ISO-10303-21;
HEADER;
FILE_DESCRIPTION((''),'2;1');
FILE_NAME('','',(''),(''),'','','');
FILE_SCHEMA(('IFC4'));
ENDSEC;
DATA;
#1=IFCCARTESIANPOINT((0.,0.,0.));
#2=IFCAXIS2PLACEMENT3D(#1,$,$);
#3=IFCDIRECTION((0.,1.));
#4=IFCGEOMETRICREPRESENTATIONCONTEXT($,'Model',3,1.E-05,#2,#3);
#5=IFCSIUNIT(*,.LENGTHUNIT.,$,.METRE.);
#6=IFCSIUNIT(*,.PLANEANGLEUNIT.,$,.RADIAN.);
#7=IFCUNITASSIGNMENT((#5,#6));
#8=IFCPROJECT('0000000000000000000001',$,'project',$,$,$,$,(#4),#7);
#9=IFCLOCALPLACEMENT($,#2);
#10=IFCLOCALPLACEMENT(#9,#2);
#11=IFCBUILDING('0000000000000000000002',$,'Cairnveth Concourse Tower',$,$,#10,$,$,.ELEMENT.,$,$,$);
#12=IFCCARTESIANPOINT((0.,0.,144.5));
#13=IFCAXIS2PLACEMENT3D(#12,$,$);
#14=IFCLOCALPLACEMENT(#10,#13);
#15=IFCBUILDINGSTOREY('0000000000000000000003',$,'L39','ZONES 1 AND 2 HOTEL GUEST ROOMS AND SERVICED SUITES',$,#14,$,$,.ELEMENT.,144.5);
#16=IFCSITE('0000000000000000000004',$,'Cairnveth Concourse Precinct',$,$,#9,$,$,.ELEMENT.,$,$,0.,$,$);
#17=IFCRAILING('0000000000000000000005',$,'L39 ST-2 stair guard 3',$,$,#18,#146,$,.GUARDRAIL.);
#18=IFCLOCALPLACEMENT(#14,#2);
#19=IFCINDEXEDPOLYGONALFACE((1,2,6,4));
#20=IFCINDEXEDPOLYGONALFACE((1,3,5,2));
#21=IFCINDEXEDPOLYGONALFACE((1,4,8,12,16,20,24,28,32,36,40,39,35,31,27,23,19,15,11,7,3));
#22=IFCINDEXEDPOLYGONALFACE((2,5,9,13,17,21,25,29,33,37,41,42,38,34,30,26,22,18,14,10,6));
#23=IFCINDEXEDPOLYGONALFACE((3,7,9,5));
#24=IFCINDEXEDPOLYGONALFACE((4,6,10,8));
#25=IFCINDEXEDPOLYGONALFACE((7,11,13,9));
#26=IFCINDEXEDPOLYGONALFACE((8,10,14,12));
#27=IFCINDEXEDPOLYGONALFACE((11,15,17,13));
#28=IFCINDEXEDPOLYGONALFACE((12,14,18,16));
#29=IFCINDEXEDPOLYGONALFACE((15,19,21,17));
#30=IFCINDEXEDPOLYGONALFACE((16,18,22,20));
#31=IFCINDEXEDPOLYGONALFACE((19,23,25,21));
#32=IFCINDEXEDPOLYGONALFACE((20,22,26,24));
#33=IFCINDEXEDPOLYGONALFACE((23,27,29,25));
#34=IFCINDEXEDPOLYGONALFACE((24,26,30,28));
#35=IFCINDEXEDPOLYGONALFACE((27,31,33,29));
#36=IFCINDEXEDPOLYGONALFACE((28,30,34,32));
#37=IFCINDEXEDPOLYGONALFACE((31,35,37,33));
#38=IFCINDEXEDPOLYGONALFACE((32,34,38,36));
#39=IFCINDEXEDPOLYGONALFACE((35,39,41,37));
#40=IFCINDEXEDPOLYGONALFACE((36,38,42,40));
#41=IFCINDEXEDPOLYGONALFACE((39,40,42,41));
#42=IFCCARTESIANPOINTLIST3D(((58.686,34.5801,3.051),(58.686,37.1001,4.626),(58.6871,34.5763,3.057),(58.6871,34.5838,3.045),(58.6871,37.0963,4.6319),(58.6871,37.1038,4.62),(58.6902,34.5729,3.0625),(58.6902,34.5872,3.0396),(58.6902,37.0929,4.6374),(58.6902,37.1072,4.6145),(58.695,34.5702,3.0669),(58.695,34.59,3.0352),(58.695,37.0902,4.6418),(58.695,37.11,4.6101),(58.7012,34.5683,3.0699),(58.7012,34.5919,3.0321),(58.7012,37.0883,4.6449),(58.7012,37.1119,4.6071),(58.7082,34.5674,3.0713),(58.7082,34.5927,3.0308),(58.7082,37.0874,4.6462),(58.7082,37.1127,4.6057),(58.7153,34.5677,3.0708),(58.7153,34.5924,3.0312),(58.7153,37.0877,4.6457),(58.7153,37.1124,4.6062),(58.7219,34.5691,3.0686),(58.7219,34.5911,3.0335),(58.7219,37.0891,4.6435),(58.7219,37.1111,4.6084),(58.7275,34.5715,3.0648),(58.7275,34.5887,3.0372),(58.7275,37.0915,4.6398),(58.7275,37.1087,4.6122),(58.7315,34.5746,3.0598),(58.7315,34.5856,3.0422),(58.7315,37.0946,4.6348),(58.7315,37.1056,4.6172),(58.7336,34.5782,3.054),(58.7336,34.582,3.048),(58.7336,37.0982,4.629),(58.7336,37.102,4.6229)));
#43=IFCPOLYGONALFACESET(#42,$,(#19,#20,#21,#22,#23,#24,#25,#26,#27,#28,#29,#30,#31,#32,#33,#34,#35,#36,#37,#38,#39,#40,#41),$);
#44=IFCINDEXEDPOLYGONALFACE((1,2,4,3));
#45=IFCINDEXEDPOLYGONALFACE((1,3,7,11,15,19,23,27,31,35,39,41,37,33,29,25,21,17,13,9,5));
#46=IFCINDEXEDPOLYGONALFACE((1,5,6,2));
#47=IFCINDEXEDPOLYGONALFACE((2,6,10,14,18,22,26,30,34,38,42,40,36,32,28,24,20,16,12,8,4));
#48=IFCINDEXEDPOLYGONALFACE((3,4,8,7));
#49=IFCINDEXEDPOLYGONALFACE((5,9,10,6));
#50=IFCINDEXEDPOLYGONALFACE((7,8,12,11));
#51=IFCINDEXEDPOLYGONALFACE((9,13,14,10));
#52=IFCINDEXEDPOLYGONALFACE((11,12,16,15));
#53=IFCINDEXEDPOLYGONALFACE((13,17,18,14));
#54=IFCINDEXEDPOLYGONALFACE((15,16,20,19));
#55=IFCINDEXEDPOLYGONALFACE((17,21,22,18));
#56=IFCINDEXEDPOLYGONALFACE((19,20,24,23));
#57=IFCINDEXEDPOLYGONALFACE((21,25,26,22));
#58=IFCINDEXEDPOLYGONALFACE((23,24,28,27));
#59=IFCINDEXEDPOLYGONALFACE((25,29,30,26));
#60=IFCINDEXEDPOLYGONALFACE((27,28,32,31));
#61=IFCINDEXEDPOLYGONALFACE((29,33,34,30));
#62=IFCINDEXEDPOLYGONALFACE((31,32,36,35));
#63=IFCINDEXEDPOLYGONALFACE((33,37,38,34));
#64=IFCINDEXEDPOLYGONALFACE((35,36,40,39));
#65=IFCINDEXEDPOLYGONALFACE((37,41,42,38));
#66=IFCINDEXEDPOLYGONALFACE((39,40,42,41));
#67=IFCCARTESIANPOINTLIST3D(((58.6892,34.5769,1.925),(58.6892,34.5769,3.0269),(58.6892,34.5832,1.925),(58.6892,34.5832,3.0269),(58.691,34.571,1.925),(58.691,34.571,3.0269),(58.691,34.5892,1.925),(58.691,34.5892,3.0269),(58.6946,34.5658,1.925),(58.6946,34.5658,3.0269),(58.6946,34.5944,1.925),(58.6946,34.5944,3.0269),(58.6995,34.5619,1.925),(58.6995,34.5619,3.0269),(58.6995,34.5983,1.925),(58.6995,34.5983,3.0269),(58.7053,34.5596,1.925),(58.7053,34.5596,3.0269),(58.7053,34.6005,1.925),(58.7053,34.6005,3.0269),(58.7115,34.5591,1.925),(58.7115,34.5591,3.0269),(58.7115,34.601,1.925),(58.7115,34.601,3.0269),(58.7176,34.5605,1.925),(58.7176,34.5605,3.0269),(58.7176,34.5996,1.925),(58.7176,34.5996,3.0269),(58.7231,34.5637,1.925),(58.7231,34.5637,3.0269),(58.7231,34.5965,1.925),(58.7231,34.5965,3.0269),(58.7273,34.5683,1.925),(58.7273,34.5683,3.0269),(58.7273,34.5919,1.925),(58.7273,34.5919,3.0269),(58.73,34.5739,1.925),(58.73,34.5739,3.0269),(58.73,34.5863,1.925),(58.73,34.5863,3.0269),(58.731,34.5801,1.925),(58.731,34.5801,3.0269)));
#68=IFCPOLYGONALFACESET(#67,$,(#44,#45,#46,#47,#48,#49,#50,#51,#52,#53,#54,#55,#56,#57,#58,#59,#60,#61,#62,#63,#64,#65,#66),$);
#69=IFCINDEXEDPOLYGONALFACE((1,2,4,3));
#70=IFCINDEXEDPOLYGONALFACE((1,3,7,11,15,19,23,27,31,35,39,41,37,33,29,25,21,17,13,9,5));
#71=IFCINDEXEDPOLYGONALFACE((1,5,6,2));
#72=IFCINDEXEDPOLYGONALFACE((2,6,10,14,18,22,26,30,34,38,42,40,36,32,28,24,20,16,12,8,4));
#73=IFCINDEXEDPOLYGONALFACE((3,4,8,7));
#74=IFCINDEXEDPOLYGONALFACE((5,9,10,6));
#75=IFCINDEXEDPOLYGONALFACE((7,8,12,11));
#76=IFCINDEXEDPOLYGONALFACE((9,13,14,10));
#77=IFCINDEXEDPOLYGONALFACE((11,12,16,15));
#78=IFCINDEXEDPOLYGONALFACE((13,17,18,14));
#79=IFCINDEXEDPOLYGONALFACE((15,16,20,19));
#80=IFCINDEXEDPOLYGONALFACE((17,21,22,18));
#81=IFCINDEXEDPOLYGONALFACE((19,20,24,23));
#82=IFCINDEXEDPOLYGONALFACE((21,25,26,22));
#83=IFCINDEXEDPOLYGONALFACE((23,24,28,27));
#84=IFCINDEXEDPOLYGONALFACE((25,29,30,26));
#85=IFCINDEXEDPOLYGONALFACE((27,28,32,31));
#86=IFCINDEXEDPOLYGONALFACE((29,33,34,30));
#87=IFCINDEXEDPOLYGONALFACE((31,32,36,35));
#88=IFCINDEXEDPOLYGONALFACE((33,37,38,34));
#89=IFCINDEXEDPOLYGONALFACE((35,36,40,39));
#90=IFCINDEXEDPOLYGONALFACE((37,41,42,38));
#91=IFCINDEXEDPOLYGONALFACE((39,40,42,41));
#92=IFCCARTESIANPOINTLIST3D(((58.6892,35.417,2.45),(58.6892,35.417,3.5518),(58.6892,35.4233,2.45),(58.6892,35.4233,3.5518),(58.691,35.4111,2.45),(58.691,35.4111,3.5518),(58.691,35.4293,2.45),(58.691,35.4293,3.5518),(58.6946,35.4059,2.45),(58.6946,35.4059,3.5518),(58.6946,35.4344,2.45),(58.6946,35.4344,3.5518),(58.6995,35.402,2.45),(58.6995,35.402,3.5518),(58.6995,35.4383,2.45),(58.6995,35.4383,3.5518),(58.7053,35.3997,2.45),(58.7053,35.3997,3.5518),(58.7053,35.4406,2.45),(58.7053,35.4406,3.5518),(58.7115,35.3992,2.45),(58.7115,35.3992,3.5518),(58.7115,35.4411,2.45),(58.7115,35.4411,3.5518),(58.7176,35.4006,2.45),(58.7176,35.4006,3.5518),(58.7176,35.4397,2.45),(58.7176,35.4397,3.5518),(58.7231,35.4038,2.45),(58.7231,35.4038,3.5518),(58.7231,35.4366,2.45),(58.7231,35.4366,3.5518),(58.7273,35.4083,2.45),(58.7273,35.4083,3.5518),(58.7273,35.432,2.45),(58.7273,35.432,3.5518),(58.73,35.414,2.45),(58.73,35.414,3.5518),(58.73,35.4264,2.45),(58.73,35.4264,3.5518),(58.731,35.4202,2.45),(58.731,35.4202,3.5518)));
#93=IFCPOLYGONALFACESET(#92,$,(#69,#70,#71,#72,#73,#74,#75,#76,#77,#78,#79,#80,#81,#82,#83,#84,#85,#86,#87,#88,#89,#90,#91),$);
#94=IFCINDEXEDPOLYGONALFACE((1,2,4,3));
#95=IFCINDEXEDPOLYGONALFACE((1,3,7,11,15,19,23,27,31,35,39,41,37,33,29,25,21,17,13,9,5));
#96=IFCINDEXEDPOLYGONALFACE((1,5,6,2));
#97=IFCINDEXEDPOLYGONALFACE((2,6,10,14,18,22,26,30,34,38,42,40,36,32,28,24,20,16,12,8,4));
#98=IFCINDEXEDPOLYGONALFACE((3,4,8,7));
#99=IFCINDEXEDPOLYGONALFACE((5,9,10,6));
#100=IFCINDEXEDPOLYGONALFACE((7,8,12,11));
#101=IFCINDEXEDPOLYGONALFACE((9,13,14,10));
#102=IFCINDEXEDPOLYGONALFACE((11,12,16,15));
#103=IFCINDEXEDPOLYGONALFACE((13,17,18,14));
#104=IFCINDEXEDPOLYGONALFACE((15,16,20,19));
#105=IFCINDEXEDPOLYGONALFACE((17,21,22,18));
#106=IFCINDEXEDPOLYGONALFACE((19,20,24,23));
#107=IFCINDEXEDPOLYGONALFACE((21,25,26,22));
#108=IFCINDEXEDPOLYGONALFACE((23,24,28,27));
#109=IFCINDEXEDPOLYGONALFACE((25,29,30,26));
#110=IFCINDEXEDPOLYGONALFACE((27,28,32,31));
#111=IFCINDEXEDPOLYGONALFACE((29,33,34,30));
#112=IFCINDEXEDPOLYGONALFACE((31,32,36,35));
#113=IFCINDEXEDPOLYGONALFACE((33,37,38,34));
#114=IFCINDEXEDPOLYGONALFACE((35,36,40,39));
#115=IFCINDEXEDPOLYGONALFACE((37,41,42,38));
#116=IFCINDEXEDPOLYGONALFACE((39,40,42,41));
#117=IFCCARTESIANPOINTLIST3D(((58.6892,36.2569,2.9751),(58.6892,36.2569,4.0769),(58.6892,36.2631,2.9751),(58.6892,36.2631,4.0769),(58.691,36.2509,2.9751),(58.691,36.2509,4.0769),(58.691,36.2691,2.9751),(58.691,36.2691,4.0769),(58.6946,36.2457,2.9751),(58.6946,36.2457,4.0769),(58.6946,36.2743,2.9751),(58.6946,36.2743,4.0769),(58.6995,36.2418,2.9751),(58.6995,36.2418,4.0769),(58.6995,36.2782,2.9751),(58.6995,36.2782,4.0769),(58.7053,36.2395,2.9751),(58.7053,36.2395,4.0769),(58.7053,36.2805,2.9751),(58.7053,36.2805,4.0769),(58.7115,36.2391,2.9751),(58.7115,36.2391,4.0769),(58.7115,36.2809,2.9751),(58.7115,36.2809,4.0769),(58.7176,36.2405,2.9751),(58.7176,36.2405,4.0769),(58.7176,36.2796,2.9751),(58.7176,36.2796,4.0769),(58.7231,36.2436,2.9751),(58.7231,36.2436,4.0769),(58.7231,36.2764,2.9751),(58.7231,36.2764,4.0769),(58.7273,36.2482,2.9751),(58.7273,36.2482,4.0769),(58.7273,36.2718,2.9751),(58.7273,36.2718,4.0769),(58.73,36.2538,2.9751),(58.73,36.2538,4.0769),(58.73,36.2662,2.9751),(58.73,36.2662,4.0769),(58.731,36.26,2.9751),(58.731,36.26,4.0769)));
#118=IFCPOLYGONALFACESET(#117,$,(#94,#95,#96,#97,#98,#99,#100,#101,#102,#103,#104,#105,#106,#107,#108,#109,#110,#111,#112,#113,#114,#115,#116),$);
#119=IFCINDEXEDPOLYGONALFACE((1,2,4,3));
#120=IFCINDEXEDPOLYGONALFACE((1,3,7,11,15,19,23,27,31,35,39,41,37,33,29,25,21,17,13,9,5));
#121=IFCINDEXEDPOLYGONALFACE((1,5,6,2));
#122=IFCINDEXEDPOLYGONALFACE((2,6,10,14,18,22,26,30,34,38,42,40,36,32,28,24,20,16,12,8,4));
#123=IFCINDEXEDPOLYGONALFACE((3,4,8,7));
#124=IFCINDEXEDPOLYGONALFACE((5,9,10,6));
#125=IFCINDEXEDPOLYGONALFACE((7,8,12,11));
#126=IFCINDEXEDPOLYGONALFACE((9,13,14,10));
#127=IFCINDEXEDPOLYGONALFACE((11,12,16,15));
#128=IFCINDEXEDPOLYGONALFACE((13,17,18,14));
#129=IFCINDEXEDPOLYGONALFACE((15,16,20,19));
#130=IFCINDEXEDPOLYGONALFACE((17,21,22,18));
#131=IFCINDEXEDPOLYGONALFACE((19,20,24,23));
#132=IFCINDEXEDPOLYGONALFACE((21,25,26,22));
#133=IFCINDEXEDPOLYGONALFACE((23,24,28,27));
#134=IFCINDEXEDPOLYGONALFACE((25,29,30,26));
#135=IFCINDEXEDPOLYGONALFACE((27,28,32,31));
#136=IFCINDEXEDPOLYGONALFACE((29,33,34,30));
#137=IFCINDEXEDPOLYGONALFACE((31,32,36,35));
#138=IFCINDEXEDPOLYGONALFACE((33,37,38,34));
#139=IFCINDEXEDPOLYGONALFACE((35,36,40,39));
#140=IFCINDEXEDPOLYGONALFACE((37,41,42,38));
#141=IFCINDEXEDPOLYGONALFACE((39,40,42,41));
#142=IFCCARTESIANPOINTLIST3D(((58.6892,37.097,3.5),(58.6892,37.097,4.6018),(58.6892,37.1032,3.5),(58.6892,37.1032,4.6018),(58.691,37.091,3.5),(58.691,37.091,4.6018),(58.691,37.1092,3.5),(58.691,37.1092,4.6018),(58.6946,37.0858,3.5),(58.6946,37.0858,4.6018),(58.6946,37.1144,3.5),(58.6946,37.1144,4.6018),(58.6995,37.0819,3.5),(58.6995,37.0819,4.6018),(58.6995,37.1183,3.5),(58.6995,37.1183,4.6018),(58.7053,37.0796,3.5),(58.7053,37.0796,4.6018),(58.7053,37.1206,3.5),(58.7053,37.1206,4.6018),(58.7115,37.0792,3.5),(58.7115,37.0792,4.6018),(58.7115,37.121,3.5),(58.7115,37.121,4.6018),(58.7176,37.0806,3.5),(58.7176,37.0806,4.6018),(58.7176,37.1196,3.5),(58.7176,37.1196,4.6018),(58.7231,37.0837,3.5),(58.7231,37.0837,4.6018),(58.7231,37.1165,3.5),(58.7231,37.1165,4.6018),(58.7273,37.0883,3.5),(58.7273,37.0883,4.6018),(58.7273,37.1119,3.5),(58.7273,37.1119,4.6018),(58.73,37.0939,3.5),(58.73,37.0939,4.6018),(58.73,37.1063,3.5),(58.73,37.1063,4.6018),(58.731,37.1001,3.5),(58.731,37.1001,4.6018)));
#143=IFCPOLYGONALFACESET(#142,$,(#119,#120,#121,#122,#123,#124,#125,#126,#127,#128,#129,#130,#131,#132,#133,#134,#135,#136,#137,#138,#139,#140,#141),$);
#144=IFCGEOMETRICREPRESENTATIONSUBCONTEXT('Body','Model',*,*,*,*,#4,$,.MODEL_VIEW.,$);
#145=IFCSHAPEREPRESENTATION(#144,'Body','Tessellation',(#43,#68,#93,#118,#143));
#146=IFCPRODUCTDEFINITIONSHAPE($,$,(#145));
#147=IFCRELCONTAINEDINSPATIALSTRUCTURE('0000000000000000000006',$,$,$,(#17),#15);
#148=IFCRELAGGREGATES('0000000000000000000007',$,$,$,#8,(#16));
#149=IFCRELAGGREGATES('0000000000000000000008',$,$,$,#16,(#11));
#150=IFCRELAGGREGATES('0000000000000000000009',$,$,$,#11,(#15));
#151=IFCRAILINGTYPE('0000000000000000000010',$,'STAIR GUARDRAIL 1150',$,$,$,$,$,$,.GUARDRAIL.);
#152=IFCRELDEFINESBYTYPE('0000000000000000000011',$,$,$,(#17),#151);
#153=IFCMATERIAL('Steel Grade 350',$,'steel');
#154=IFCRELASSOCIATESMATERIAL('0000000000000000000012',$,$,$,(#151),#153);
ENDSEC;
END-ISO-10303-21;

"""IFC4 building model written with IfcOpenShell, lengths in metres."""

from ifc_helpers import new_model, si_unit, direction, frame, origin, origin_2d, place, context, subcontext, project, spatial, circle, extrude, material, type_object, element, save


model = new_model("IFC4")

# Units and contexts
model_context = context("Model", 3, precision=1e-05, world=origin(), true_north=direction((0.0, 1.0)))
body_context = subcontext(model_context, "Body", "Model", "MODEL_VIEW")
ifc_project = project(units=[si_unit("LENGTHUNIT", "METRE"), si_unit("PLANEANGLEUNIT", "RADIAN")], contexts=[model_context])

# Site, building, storey
site_placement = place(None, origin())
site = spatial("IfcSite", under=ifc_project, at=site_placement, Name="Cairnveth Concourse Precinct", CompositionType="ELEMENT", RefElevation=0.0)
building_placement = place(site_placement, origin())
building = spatial("IfcBuilding", under=site, at=building_placement, Name="Cairnveth Concourse Tower", CompositionType="ELEMENT")
storey_placement = place(building_placement, frame((0.0, 0.0, 144.5)))
storey = spatial("IfcBuildingStorey", under=building, at=storey_placement, Name="L39", Description="ZONES 1 AND 2 HOTEL GUEST ROOMS AND SERVICED SUITES", CompositionType="ELEMENT", Elevation=144.5)

# Shared definitions
ifc_material_1 = material(Name="Steel Grade 350", Category="steel")

# Railing
railing_type_1 = type_object("IfcRailingType", Name="STAIR GUARDRAIL 1150", PredefinedType="GUARDRAIL", material=ifc_material_1)
railing_1_placement = place(storey_placement, frame((58.71, 34.5801, 1.925)))
element("IfcRailing", 1, at=railing_1_placement, inside=storey, type_object=railing_type_1, Name="L39 ST-2 stair guard 3", PredefinedType="GUARDRAIL", context=body_context, shape_type="SweptSolid", body=[
    extrude(circle(Radius=0.0239, at=origin_2d()), frame((0.0, 0.0, 1.126), z_axis=(0.0, 0.848008, 0.529984), x_axis=(-1.0, 0.0, 0.0)), (0.0, 0.0, 1.0), 2.9717),
    extrude(circle(Radius=0.021, at=origin_2d()), origin(), (0.0, 0.0, 1.0), 1.1018),
    extrude(circle(Radius=0.021, at=origin_2d()), frame((0.0, 0.8401, 0.5249)), (0.0, 0.0, 1.0), 1.1018),
    extrude(circle(Radius=0.021, at=origin_2d()), frame((0.0, 1.6799, 1.05)), (0.0, 0.0, 1.0), 1.1018),
    extrude(circle(Radius=0.021, at=origin_2d()), frame((0.0, 2.52, 1.575)), (0.0, 0.0, 1.0), 1.1018),
])

save(model, "model.ifc")
